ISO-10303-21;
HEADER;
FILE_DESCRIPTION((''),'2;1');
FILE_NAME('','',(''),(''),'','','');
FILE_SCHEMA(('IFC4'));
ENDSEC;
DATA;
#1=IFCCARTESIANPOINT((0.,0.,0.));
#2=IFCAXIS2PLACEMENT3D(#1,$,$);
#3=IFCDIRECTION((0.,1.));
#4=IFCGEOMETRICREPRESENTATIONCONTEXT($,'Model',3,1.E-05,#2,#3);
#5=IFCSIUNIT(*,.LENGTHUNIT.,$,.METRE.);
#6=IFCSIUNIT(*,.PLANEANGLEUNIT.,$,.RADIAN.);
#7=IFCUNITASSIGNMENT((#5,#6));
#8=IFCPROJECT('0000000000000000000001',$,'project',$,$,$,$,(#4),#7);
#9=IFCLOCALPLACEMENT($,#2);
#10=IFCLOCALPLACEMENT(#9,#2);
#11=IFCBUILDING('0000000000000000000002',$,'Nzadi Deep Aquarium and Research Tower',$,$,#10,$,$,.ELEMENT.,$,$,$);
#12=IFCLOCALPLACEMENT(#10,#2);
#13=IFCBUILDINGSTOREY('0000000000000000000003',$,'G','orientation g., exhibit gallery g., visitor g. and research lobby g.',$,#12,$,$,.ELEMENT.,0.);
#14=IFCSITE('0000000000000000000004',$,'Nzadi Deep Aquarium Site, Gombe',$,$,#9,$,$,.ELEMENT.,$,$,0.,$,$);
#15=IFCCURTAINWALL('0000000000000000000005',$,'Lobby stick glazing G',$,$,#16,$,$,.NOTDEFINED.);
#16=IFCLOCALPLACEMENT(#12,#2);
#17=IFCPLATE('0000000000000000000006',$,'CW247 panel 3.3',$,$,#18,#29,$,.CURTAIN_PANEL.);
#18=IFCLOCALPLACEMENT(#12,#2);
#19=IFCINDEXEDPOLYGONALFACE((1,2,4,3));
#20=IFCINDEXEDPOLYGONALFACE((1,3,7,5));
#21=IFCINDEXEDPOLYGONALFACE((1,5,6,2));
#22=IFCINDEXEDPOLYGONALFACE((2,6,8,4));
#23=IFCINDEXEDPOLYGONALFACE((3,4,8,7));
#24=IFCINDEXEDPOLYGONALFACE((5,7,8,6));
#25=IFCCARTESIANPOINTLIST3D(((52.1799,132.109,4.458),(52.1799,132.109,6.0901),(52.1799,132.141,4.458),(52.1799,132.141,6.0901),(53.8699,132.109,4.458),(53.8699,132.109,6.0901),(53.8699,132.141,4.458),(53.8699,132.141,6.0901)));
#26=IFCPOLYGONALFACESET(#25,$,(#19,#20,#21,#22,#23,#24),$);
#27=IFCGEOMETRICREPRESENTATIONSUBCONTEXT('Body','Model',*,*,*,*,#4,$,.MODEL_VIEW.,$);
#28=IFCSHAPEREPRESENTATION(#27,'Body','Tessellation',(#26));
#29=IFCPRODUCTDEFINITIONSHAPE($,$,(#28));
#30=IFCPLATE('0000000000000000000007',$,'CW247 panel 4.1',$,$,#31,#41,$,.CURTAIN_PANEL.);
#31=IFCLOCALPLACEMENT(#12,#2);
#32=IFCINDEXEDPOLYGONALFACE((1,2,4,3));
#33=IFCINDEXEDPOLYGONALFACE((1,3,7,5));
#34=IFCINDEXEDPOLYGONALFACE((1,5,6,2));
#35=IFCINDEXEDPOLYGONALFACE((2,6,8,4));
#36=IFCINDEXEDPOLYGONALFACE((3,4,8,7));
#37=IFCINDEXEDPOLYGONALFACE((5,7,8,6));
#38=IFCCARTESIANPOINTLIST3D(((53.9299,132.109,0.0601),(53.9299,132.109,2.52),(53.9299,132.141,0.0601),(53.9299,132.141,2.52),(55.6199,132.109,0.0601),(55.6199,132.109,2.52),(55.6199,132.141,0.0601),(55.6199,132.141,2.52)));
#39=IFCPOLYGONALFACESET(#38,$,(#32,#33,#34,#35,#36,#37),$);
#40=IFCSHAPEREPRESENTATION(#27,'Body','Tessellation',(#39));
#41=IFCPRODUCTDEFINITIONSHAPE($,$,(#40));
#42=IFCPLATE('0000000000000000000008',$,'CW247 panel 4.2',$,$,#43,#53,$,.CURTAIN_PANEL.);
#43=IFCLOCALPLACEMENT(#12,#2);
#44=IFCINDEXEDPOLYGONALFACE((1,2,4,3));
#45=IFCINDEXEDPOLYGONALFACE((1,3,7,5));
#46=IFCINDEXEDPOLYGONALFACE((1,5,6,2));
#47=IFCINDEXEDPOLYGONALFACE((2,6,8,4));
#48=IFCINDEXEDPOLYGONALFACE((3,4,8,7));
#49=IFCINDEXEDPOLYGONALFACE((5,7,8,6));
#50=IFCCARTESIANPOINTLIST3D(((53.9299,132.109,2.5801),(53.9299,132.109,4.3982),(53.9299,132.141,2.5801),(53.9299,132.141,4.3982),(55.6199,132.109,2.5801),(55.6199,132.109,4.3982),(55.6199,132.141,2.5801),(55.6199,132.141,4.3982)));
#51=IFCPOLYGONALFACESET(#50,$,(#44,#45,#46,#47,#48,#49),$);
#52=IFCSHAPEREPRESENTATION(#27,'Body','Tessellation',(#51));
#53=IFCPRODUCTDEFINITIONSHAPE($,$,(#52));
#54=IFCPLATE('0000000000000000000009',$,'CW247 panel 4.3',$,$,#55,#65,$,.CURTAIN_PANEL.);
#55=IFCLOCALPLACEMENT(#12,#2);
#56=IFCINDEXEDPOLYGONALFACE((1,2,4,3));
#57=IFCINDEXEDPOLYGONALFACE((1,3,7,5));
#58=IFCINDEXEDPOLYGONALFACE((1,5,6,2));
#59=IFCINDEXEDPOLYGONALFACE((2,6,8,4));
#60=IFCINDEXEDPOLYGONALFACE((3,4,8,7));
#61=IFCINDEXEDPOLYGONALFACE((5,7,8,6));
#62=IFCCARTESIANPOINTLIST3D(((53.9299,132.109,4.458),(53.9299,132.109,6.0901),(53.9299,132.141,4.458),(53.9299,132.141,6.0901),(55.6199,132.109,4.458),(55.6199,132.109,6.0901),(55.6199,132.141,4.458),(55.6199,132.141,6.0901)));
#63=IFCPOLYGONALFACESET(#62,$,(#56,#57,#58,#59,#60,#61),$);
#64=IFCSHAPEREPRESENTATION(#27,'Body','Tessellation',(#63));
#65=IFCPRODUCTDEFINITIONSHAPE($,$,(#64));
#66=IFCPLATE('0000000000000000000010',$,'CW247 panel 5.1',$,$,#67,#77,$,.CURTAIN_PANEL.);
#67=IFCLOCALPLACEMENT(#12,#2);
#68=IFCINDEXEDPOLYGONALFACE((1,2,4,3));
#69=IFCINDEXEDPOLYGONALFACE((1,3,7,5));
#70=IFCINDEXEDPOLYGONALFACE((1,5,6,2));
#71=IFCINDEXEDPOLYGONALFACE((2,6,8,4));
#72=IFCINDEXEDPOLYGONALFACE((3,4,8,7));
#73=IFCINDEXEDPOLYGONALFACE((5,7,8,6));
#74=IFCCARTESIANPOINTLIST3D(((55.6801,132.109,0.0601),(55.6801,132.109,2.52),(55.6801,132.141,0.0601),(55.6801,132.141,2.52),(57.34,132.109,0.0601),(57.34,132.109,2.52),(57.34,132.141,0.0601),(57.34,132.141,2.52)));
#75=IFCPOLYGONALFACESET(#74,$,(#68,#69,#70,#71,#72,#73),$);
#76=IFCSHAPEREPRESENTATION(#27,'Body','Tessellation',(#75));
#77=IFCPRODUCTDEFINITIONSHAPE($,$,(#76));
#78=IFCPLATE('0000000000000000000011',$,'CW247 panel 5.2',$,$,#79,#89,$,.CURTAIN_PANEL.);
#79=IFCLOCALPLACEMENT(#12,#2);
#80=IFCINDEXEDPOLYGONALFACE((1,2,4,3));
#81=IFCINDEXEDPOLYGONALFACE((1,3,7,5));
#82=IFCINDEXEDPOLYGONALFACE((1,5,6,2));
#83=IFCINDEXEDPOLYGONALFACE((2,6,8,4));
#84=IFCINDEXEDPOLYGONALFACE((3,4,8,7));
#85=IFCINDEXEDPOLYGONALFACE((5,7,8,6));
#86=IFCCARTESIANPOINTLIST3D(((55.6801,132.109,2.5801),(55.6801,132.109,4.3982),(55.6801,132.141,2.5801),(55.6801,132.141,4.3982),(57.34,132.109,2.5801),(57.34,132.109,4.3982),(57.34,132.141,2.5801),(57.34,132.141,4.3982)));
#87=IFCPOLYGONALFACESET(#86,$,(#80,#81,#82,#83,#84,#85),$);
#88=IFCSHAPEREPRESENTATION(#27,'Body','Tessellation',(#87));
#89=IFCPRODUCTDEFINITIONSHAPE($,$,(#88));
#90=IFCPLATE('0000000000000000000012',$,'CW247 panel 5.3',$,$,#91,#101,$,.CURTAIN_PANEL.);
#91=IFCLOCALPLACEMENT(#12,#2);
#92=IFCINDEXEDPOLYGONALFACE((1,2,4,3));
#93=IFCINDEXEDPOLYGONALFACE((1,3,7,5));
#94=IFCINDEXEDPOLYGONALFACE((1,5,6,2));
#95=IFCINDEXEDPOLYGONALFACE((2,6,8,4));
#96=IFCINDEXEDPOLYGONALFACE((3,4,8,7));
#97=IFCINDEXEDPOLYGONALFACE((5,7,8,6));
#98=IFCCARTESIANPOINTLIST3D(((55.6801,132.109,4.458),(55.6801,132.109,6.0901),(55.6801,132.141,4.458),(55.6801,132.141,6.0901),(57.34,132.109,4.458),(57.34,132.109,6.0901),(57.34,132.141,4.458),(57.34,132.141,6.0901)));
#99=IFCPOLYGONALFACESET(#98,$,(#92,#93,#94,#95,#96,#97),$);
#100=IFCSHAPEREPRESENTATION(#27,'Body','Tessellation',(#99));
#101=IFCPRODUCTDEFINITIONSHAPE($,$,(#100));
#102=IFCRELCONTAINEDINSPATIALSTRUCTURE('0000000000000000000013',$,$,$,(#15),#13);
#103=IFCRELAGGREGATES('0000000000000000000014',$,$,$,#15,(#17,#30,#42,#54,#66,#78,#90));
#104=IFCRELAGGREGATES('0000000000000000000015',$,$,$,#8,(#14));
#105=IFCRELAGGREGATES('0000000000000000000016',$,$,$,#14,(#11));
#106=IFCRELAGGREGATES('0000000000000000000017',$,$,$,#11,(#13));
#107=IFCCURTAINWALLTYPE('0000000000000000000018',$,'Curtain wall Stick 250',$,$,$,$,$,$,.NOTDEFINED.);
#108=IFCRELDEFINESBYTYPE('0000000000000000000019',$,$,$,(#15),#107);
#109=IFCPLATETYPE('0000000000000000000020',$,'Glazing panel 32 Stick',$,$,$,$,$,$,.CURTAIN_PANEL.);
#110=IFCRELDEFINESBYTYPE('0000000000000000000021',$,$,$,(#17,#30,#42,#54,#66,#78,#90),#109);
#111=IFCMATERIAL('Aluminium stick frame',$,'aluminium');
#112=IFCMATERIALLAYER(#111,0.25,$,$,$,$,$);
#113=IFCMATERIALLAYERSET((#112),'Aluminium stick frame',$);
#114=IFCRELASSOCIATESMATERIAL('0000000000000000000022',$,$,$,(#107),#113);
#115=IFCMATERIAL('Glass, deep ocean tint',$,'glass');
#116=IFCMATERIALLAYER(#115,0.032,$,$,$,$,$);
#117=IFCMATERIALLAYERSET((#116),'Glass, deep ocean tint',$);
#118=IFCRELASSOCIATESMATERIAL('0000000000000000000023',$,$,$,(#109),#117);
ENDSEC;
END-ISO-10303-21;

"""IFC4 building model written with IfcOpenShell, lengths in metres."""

from ifc_helpers import new_model, si_unit, direction, frame, origin, origin_2d, place, context, subcontext, project, spatial, rectangle, extrude, material, layer, layer_set, type_object, element, aggregate, save


model = new_model("IFC4")

# Units and contexts
model_context = context("Model", 3, precision=1e-05, world=origin(), true_north=direction((0.0, 1.0)))
body_context = subcontext(model_context, "Body", "Model", "MODEL_VIEW")
ifc_project = project(units=[si_unit("LENGTHUNIT", "METRE"), si_unit("PLANEANGLEUNIT", "RADIAN")], contexts=[model_context])

# Site, building, storey
site_placement = place(None, origin())
site = spatial("IfcSite", under=ifc_project, at=site_placement, Name="Nzadi Deep Aquarium Site, Gombe", CompositionType="ELEMENT", RefElevation=0.0)
building_placement = place(site_placement, origin())
building = spatial("IfcBuilding", under=site, at=building_placement, Name="Nzadi Deep Aquarium and Research Tower", CompositionType="ELEMENT")
storey_placement = place(building_placement, origin())
storey = spatial("IfcBuildingStorey", under=building, at=storey_placement, Name="G", Description="orientation g., exhibit gallery g., visitor g. and research lobby g.", CompositionType="ELEMENT", Elevation=0.0)

# Curtain wall, plates
ifc_material_1 = material(Name="Aluminium stick frame", Category="aluminium")
ifc_layer_1 = layer(ifc_material_1, 0.25)
ifc_layer_set_1 = layer_set([ifc_layer_1], Name="Aluminium stick frame")
curtain_wall_type = type_object("IfcCurtainWallType", Name="Curtain wall Stick 250", PredefinedType="NOTDEFINED", material=ifc_layer_set_1)
curtain_wall_placement = place(storey_placement, origin())
curtain_wall = element("IfcCurtainWall", 1, at=curtain_wall_placement, inside=storey, type_object=curtain_wall_type, Name="Lobby stick glazing G", PredefinedType="NOTDEFINED")
ifc_material_2 = material(Name="Glass, deep ocean tint", Category="glass")
ifc_layer_2 = layer(ifc_material_2, 0.032)
ifc_layer_set_2 = layer_set([ifc_layer_2], Name="Glass, deep ocean tint")
plate_type = type_object("IfcPlateType", Name="Glazing panel 32 Stick", PredefinedType="CURTAIN_PANEL", material=ifc_layer_set_2)
plate_1_placement = place(storey_placement, frame((53.0249, 132.125, 4.458), z_axis=(0.0, 0.0, 1.0), x_axis=(1.0, 0.0, 0.0)))
plate_1 = element("IfcPlate", 2, at=plate_1_placement, type_object=plate_type, Name="CW247 panel 3.3", PredefinedType="CURTAIN_PANEL", context=body_context, shape_type="SweptSolid", body=[
    extrude(rectangle(XDim=1.6899, YDim=0.032, at=origin_2d()), origin(), (0.0, 0.0, 1.0), 1.6321),
])
plate_2_placement = place(storey_placement, frame((54.7749, 132.125, 0.0601), z_axis=(0.0, 0.0, 1.0), x_axis=(1.0, 0.0, 0.0)))
plate_2 = element("IfcPlate", 3, at=plate_2_placement, type_object=plate_type, Name="CW247 panel 4.1", PredefinedType="CURTAIN_PANEL", context=body_context, shape_type="SweptSolid", body=[
    extrude(rectangle(XDim=1.6899, YDim=0.032, at=origin_2d()), origin(), (0.0, 0.0, 1.0), 2.46),
])
plate_3_placement = place(storey_placement, frame((54.7749, 132.125, 2.5801), z_axis=(0.0, 0.0, 1.0), x_axis=(1.0, 0.0, 0.0)))
plate_3 = element("IfcPlate", 4, at=plate_3_placement, type_object=plate_type, Name="CW247 panel 4.2", PredefinedType="CURTAIN_PANEL", context=body_context, shape_type="SweptSolid", body=[
    extrude(rectangle(XDim=1.6899, YDim=0.032, at=origin_2d()), origin(), (0.0, 0.0, 1.0), 1.8181),
])
plate_4_placement = place(storey_placement, frame((54.7749, 132.125, 4.458), z_axis=(0.0, 0.0, 1.0), x_axis=(1.0, 0.0, 0.0)))
plate_4 = element("IfcPlate", 5, at=plate_4_placement, type_object=plate_type, Name="CW247 panel 4.3", PredefinedType="CURTAIN_PANEL", context=body_context, shape_type="SweptSolid", body=[
    extrude(rectangle(XDim=1.6899, YDim=0.032, at=origin_2d()), origin(), (0.0, 0.0, 1.0), 1.6321),
])
plate_5_placement = place(storey_placement, frame((56.51, 132.125, 0.0601), z_axis=(0.0, 0.0, 1.0), x_axis=(1.0, 0.0, 0.0)))
plate_5 = element("IfcPlate", 6, at=plate_5_placement, type_object=plate_type, Name="CW247 panel 5.1", PredefinedType="CURTAIN_PANEL", context=body_context, shape_type="SweptSolid", body=[
    extrude(rectangle(XDim=1.6599, YDim=0.032, at=origin_2d()), origin(), (0.0, 0.0, 1.0), 2.46),
])
plate_6_placement = place(storey_placement, frame((56.51, 132.125, 2.5801), z_axis=(0.0, 0.0, 1.0), x_axis=(1.0, 0.0, 0.0)))
plate_6 = element("IfcPlate", 7, at=plate_6_placement, type_object=plate_type, Name="CW247 panel 5.2", PredefinedType="CURTAIN_PANEL", context=body_context, shape_type="SweptSolid", body=[
    extrude(rectangle(XDim=1.6599, YDim=0.032, at=origin_2d()), origin(), (0.0, 0.0, 1.0), 1.8181),
])
plate_7_placement = place(storey_placement, frame((56.51, 132.125, 4.458), z_axis=(0.0, 0.0, 1.0), x_axis=(1.0, 0.0, 0.0)))
plate_7 = element("IfcPlate", 8, at=plate_7_placement, type_object=plate_type, Name="CW247 panel 5.3", PredefinedType="CURTAIN_PANEL", context=body_context, shape_type="SweptSolid", body=[
    extrude(rectangle(XDim=1.6599, YDim=0.032, at=origin_2d()), origin(), (0.0, 0.0, 1.0), 1.6321),
])
aggregate(curtain_wall, [plate_1, plate_2, plate_3, plate_4, plate_5, plate_6, plate_7])

save(model, "model.ifc")
